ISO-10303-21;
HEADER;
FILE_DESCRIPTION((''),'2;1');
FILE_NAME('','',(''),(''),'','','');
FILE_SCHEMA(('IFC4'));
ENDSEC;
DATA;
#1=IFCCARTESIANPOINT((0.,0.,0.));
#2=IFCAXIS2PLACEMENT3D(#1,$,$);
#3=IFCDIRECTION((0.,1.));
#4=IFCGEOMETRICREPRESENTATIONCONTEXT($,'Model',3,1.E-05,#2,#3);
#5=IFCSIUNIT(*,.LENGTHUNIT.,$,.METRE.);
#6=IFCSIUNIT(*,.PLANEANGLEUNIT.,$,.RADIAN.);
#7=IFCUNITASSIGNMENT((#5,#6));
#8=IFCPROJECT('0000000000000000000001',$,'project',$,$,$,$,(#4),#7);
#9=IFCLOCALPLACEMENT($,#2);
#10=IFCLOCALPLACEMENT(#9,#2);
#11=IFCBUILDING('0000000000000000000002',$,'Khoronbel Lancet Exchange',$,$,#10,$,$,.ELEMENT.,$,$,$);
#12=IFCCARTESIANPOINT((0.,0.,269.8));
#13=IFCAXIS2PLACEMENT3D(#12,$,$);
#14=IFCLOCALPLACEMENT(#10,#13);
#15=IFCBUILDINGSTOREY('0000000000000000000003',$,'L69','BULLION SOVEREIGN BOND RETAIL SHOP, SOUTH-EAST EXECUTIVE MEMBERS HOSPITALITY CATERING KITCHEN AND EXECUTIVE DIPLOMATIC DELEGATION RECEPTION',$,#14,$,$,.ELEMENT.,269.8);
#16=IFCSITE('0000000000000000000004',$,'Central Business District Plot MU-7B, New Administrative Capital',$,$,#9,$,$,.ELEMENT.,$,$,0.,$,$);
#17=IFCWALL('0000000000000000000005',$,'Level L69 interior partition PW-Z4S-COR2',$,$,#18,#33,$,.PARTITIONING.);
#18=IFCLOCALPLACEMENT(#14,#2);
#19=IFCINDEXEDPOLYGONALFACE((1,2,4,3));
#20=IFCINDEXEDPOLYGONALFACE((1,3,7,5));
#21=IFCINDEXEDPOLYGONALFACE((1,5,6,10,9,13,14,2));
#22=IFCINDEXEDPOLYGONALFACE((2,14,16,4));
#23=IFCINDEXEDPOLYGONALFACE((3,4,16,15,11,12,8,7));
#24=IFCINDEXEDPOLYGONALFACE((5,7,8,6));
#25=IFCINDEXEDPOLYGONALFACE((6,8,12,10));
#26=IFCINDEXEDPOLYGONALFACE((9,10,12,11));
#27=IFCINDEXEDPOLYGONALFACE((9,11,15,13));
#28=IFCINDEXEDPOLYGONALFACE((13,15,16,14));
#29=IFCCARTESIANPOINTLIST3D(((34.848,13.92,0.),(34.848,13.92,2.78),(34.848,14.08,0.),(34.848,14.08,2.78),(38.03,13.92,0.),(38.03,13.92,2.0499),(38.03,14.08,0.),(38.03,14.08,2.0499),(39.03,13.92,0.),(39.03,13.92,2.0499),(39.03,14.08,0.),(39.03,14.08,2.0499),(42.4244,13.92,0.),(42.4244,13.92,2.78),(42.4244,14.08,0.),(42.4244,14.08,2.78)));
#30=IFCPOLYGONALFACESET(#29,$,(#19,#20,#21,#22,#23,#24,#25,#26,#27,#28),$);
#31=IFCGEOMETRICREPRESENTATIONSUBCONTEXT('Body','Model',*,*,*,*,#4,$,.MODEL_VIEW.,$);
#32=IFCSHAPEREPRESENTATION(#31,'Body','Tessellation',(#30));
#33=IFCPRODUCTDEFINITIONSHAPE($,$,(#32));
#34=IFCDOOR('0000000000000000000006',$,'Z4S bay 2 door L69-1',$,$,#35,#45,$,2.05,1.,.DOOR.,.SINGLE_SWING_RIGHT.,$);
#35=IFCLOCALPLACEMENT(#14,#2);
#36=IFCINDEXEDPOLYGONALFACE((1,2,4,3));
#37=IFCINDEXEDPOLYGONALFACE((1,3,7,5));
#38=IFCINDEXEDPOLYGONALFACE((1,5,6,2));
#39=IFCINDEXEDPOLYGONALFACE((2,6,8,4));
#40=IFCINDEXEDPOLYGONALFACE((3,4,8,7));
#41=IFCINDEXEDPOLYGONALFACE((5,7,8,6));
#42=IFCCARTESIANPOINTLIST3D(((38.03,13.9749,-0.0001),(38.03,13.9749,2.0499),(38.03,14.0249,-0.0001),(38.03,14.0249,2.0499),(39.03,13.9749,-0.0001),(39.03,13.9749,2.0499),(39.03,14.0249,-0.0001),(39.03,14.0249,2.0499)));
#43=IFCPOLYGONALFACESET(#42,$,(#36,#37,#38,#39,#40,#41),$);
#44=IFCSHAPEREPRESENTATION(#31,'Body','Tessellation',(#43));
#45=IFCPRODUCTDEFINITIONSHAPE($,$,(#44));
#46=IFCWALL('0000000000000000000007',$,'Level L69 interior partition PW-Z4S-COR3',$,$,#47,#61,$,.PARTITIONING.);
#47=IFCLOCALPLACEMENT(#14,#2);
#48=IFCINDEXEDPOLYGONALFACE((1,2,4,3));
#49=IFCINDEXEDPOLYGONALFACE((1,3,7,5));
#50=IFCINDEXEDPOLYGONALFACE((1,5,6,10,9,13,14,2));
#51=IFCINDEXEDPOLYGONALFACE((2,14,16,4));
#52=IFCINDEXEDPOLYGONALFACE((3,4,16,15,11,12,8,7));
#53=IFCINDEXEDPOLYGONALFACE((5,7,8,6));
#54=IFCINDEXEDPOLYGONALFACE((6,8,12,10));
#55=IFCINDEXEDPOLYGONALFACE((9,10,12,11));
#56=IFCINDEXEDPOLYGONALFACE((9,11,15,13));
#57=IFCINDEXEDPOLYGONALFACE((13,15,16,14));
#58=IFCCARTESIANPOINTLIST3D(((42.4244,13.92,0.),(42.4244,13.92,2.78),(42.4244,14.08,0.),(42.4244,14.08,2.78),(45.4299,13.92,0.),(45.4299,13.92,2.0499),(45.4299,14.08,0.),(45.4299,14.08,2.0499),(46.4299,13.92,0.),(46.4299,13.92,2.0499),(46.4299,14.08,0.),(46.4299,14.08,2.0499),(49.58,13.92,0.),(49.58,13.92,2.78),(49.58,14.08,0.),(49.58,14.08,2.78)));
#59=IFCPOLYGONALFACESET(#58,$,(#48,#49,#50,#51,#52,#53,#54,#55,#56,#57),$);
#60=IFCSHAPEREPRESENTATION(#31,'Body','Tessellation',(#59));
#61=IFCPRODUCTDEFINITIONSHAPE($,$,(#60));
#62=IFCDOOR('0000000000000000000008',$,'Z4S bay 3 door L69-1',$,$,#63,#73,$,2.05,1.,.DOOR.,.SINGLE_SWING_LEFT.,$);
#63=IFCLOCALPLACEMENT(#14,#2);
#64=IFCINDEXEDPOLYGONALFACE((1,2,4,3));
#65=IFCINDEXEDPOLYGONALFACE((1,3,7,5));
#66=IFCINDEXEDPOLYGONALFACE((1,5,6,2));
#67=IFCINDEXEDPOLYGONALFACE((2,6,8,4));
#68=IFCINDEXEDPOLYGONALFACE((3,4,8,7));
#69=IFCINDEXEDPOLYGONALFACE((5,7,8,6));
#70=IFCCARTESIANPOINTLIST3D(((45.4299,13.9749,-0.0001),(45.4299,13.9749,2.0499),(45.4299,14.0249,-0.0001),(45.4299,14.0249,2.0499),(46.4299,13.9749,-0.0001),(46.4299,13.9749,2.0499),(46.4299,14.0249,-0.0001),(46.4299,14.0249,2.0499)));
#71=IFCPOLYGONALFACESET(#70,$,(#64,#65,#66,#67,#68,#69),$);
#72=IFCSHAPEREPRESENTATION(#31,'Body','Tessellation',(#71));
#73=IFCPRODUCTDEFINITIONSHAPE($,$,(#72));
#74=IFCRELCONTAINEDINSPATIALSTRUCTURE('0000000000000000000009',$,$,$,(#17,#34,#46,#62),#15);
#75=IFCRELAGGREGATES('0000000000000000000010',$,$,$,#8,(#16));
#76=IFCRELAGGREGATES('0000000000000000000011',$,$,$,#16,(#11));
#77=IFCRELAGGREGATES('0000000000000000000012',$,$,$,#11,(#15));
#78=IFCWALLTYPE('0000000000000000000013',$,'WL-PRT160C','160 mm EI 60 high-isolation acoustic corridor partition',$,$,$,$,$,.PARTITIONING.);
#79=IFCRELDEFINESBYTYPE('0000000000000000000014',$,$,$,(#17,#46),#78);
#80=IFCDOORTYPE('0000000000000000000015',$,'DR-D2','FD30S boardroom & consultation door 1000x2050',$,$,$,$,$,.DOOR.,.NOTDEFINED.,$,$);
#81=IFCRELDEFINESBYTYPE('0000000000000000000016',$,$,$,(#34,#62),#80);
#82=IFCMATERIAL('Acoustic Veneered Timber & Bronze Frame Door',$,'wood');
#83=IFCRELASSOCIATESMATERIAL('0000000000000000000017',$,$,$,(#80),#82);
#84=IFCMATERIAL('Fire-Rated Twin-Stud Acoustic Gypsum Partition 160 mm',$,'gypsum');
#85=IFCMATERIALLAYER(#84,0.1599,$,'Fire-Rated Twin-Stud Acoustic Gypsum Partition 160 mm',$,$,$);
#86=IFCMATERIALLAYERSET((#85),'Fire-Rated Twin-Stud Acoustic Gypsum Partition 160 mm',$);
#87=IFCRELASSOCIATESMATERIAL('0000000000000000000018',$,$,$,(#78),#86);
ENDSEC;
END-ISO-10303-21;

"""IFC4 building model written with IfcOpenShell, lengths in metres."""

from ifc_helpers import new_model, si_unit, direction, frame, frame_2d, origin, place, context, subcontext, project, spatial, rectangle, extrude, material, layer, layer_set, type_object, element, fill, save


model = new_model("IFC4")

# Units and contexts
model_context = context("Model", 3, precision=1e-05, world=origin(), true_north=direction((0.0, 1.0)))
body_context = subcontext(model_context, "Body", "Model", "MODEL_VIEW")
ifc_project = project(units=[si_unit("LENGTHUNIT", "METRE"), si_unit("PLANEANGLEUNIT", "RADIAN")], contexts=[model_context])

# Site, building, storey
site_placement = place(None, origin())
site = spatial("IfcSite", under=ifc_project, at=site_placement, Name="Central Business District Plot MU-7B, New Administrative Capital", CompositionType="ELEMENT", RefElevation=0.0)
building_placement = place(site_placement, origin())
building = spatial("IfcBuilding", under=site, at=building_placement, Name="Khoronbel Lancet Exchange", CompositionType="ELEMENT")
storey_placement = place(building_placement, frame((0.0, 0.0, 269.8)))
storey = spatial("IfcBuildingStorey", under=building, at=storey_placement, Name="L69", Description="BULLION SOVEREIGN BOND RETAIL SHOP, SOUTH-EAST EXECUTIVE MEMBERS HOSPITALITY CATERING KITCHEN AND EXECUTIVE DIPLOMATIC DELEGATION RECEPTION", CompositionType="ELEMENT", Elevation=269.8)

# Shared definitions
ifc_material_1 = material(Name="Acoustic Veneered Timber & Bronze Frame Door", Category="wood")
door_type_1 = type_object("IfcDoorType", Name="DR-D2", Description="FD30S boardroom & consultation door 1000x2050", OperationType="NOTDEFINED", PredefinedType="DOOR", material=ifc_material_1)

# Walls, openings, doors
ifc_material_2 = material(Name="Fire-Rated Twin-Stud Acoustic Gypsum Partition 160 mm", Category="gypsum")
ifc_layer_1 = layer(ifc_material_2, 0.1599, Name="Fire-Rated Twin-Stud Acoustic Gypsum Partition 160 mm")
ifc_layer_set_1 = layer_set([ifc_layer_1], Name="Fire-Rated Twin-Stud Acoustic Gypsum Partition 160 mm")
wall_type_1 = type_object("IfcWallType", Name="WL-PRT160C", Description="160 mm EI 60 high-isolation acoustic corridor partition", PredefinedType="PARTITIONING", material=ifc_layer_set_1)
wall_1_placement = place(storey_placement, frame((34.8481, 14.0, 0.0), z_axis=(0.0, 0.0, 1.0), x_axis=(1.0, 0.0, 0.0)))
wall_1 = element("IfcWall", 1, at=wall_1_placement, inside=storey, type_object=wall_type_1, Name="Level L69 interior partition PW-Z4S-COR2", PredefinedType="PARTITIONING", context=body_context, shape_type="SweptSolid", body=[
    extrude(rectangle(XDim=7.5764, YDim=0.1599, at=frame_2d((3.7881, 0.0))), origin(), (0.0, 0.0, 1.0), 2.78),
])
opening_1_placement = place(wall_1_placement, frame((3.1819, 0.0, 0.0)))
opening_1 = element("IfcOpeningElement", 2, at=opening_1_placement, cuts=wall_1, PredefinedType="OPENING", context=body_context, shape_type="SweptSolid", body=[
    extrude(rectangle(XDim=1.0, YDim=2.05, at=frame_2d((0.5, 1.0249))), frame((0.0, 0.0898, 0.0), z_axis=(0.0, -1.0, 0.0), x_axis=(1.0, 0.0, 0.0)), (0.0, 0.0, 1.0), 0.1799),
])
door_1_placement = place(opening_1_placement, origin())
door_1 = element("IfcDoor", 3, at=door_1_placement, inside=storey, type_object=door_type_1, Name="Z4S bay 2 door L69-1", OperationType="SINGLE_SWING_RIGHT", OverallHeight=2.05, OverallWidth=1.0, PredefinedType="DOOR", context=body_context, shape_type="SweptSolid", body=[
    extrude(rectangle(XDim=1.0, YDim=2.05, at=frame_2d((0.5, 1.0249))), frame((0.0, 0.0249, 0.0), z_axis=(0.0, -1.0, 0.0), x_axis=(1.0, 0.0, 0.0)), (0.0, 0.0, 1.0), 0.05),
])
fill(opening_1, door_1)
wall_2_placement = place(storey_placement, frame((42.4246, 14.0, 0.0), z_axis=(0.0, 0.0, 1.0), x_axis=(1.0, 0.0, 0.0)))
wall_2 = element("IfcWall", 4, at=wall_2_placement, inside=storey, type_object=wall_type_1, Name="Level L69 interior partition PW-Z4S-COR3", PredefinedType="PARTITIONING", context=body_context, shape_type="SweptSolid", body=[
    extrude(rectangle(XDim=7.1555, YDim=0.1599, at=frame_2d((3.5776, 0.0))), origin(), (0.0, 0.0, 1.0), 2.78),
])
opening_2_placement = place(wall_2_placement, frame((3.0054, 0.0, 0.0)))
opening_2 = element("IfcOpeningElement", 5, at=opening_2_placement, cuts=wall_2, PredefinedType="OPENING", context=body_context, shape_type="SweptSolid", body=[
    extrude(rectangle(XDim=1.0, YDim=2.05, at=frame_2d((0.5, 1.0249))), frame((0.0, 0.0898, 0.0), z_axis=(0.0, -1.0, 0.0), x_axis=(1.0, 0.0, 0.0)), (0.0, 0.0, 1.0), 0.1799),
])
door_2_placement = place(opening_2_placement, origin())
door_2 = element("IfcDoor", 6, at=door_2_placement, inside=storey, type_object=door_type_1, Name="Z4S bay 3 door L69-1", OperationType="SINGLE_SWING_LEFT", OverallHeight=2.05, OverallWidth=1.0, PredefinedType="DOOR", context=body_context, shape_type="SweptSolid", body=[
    extrude(rectangle(XDim=1.0, YDim=2.05, at=frame_2d((0.5, 1.0249))), frame((0.0, 0.0249, 0.0), z_axis=(0.0, -1.0, 0.0), x_axis=(1.0, 0.0, 0.0)), (0.0, 0.0, 1.0), 0.05),
])
fill(opening_2, door_2)

save(model, "model.ifc")
